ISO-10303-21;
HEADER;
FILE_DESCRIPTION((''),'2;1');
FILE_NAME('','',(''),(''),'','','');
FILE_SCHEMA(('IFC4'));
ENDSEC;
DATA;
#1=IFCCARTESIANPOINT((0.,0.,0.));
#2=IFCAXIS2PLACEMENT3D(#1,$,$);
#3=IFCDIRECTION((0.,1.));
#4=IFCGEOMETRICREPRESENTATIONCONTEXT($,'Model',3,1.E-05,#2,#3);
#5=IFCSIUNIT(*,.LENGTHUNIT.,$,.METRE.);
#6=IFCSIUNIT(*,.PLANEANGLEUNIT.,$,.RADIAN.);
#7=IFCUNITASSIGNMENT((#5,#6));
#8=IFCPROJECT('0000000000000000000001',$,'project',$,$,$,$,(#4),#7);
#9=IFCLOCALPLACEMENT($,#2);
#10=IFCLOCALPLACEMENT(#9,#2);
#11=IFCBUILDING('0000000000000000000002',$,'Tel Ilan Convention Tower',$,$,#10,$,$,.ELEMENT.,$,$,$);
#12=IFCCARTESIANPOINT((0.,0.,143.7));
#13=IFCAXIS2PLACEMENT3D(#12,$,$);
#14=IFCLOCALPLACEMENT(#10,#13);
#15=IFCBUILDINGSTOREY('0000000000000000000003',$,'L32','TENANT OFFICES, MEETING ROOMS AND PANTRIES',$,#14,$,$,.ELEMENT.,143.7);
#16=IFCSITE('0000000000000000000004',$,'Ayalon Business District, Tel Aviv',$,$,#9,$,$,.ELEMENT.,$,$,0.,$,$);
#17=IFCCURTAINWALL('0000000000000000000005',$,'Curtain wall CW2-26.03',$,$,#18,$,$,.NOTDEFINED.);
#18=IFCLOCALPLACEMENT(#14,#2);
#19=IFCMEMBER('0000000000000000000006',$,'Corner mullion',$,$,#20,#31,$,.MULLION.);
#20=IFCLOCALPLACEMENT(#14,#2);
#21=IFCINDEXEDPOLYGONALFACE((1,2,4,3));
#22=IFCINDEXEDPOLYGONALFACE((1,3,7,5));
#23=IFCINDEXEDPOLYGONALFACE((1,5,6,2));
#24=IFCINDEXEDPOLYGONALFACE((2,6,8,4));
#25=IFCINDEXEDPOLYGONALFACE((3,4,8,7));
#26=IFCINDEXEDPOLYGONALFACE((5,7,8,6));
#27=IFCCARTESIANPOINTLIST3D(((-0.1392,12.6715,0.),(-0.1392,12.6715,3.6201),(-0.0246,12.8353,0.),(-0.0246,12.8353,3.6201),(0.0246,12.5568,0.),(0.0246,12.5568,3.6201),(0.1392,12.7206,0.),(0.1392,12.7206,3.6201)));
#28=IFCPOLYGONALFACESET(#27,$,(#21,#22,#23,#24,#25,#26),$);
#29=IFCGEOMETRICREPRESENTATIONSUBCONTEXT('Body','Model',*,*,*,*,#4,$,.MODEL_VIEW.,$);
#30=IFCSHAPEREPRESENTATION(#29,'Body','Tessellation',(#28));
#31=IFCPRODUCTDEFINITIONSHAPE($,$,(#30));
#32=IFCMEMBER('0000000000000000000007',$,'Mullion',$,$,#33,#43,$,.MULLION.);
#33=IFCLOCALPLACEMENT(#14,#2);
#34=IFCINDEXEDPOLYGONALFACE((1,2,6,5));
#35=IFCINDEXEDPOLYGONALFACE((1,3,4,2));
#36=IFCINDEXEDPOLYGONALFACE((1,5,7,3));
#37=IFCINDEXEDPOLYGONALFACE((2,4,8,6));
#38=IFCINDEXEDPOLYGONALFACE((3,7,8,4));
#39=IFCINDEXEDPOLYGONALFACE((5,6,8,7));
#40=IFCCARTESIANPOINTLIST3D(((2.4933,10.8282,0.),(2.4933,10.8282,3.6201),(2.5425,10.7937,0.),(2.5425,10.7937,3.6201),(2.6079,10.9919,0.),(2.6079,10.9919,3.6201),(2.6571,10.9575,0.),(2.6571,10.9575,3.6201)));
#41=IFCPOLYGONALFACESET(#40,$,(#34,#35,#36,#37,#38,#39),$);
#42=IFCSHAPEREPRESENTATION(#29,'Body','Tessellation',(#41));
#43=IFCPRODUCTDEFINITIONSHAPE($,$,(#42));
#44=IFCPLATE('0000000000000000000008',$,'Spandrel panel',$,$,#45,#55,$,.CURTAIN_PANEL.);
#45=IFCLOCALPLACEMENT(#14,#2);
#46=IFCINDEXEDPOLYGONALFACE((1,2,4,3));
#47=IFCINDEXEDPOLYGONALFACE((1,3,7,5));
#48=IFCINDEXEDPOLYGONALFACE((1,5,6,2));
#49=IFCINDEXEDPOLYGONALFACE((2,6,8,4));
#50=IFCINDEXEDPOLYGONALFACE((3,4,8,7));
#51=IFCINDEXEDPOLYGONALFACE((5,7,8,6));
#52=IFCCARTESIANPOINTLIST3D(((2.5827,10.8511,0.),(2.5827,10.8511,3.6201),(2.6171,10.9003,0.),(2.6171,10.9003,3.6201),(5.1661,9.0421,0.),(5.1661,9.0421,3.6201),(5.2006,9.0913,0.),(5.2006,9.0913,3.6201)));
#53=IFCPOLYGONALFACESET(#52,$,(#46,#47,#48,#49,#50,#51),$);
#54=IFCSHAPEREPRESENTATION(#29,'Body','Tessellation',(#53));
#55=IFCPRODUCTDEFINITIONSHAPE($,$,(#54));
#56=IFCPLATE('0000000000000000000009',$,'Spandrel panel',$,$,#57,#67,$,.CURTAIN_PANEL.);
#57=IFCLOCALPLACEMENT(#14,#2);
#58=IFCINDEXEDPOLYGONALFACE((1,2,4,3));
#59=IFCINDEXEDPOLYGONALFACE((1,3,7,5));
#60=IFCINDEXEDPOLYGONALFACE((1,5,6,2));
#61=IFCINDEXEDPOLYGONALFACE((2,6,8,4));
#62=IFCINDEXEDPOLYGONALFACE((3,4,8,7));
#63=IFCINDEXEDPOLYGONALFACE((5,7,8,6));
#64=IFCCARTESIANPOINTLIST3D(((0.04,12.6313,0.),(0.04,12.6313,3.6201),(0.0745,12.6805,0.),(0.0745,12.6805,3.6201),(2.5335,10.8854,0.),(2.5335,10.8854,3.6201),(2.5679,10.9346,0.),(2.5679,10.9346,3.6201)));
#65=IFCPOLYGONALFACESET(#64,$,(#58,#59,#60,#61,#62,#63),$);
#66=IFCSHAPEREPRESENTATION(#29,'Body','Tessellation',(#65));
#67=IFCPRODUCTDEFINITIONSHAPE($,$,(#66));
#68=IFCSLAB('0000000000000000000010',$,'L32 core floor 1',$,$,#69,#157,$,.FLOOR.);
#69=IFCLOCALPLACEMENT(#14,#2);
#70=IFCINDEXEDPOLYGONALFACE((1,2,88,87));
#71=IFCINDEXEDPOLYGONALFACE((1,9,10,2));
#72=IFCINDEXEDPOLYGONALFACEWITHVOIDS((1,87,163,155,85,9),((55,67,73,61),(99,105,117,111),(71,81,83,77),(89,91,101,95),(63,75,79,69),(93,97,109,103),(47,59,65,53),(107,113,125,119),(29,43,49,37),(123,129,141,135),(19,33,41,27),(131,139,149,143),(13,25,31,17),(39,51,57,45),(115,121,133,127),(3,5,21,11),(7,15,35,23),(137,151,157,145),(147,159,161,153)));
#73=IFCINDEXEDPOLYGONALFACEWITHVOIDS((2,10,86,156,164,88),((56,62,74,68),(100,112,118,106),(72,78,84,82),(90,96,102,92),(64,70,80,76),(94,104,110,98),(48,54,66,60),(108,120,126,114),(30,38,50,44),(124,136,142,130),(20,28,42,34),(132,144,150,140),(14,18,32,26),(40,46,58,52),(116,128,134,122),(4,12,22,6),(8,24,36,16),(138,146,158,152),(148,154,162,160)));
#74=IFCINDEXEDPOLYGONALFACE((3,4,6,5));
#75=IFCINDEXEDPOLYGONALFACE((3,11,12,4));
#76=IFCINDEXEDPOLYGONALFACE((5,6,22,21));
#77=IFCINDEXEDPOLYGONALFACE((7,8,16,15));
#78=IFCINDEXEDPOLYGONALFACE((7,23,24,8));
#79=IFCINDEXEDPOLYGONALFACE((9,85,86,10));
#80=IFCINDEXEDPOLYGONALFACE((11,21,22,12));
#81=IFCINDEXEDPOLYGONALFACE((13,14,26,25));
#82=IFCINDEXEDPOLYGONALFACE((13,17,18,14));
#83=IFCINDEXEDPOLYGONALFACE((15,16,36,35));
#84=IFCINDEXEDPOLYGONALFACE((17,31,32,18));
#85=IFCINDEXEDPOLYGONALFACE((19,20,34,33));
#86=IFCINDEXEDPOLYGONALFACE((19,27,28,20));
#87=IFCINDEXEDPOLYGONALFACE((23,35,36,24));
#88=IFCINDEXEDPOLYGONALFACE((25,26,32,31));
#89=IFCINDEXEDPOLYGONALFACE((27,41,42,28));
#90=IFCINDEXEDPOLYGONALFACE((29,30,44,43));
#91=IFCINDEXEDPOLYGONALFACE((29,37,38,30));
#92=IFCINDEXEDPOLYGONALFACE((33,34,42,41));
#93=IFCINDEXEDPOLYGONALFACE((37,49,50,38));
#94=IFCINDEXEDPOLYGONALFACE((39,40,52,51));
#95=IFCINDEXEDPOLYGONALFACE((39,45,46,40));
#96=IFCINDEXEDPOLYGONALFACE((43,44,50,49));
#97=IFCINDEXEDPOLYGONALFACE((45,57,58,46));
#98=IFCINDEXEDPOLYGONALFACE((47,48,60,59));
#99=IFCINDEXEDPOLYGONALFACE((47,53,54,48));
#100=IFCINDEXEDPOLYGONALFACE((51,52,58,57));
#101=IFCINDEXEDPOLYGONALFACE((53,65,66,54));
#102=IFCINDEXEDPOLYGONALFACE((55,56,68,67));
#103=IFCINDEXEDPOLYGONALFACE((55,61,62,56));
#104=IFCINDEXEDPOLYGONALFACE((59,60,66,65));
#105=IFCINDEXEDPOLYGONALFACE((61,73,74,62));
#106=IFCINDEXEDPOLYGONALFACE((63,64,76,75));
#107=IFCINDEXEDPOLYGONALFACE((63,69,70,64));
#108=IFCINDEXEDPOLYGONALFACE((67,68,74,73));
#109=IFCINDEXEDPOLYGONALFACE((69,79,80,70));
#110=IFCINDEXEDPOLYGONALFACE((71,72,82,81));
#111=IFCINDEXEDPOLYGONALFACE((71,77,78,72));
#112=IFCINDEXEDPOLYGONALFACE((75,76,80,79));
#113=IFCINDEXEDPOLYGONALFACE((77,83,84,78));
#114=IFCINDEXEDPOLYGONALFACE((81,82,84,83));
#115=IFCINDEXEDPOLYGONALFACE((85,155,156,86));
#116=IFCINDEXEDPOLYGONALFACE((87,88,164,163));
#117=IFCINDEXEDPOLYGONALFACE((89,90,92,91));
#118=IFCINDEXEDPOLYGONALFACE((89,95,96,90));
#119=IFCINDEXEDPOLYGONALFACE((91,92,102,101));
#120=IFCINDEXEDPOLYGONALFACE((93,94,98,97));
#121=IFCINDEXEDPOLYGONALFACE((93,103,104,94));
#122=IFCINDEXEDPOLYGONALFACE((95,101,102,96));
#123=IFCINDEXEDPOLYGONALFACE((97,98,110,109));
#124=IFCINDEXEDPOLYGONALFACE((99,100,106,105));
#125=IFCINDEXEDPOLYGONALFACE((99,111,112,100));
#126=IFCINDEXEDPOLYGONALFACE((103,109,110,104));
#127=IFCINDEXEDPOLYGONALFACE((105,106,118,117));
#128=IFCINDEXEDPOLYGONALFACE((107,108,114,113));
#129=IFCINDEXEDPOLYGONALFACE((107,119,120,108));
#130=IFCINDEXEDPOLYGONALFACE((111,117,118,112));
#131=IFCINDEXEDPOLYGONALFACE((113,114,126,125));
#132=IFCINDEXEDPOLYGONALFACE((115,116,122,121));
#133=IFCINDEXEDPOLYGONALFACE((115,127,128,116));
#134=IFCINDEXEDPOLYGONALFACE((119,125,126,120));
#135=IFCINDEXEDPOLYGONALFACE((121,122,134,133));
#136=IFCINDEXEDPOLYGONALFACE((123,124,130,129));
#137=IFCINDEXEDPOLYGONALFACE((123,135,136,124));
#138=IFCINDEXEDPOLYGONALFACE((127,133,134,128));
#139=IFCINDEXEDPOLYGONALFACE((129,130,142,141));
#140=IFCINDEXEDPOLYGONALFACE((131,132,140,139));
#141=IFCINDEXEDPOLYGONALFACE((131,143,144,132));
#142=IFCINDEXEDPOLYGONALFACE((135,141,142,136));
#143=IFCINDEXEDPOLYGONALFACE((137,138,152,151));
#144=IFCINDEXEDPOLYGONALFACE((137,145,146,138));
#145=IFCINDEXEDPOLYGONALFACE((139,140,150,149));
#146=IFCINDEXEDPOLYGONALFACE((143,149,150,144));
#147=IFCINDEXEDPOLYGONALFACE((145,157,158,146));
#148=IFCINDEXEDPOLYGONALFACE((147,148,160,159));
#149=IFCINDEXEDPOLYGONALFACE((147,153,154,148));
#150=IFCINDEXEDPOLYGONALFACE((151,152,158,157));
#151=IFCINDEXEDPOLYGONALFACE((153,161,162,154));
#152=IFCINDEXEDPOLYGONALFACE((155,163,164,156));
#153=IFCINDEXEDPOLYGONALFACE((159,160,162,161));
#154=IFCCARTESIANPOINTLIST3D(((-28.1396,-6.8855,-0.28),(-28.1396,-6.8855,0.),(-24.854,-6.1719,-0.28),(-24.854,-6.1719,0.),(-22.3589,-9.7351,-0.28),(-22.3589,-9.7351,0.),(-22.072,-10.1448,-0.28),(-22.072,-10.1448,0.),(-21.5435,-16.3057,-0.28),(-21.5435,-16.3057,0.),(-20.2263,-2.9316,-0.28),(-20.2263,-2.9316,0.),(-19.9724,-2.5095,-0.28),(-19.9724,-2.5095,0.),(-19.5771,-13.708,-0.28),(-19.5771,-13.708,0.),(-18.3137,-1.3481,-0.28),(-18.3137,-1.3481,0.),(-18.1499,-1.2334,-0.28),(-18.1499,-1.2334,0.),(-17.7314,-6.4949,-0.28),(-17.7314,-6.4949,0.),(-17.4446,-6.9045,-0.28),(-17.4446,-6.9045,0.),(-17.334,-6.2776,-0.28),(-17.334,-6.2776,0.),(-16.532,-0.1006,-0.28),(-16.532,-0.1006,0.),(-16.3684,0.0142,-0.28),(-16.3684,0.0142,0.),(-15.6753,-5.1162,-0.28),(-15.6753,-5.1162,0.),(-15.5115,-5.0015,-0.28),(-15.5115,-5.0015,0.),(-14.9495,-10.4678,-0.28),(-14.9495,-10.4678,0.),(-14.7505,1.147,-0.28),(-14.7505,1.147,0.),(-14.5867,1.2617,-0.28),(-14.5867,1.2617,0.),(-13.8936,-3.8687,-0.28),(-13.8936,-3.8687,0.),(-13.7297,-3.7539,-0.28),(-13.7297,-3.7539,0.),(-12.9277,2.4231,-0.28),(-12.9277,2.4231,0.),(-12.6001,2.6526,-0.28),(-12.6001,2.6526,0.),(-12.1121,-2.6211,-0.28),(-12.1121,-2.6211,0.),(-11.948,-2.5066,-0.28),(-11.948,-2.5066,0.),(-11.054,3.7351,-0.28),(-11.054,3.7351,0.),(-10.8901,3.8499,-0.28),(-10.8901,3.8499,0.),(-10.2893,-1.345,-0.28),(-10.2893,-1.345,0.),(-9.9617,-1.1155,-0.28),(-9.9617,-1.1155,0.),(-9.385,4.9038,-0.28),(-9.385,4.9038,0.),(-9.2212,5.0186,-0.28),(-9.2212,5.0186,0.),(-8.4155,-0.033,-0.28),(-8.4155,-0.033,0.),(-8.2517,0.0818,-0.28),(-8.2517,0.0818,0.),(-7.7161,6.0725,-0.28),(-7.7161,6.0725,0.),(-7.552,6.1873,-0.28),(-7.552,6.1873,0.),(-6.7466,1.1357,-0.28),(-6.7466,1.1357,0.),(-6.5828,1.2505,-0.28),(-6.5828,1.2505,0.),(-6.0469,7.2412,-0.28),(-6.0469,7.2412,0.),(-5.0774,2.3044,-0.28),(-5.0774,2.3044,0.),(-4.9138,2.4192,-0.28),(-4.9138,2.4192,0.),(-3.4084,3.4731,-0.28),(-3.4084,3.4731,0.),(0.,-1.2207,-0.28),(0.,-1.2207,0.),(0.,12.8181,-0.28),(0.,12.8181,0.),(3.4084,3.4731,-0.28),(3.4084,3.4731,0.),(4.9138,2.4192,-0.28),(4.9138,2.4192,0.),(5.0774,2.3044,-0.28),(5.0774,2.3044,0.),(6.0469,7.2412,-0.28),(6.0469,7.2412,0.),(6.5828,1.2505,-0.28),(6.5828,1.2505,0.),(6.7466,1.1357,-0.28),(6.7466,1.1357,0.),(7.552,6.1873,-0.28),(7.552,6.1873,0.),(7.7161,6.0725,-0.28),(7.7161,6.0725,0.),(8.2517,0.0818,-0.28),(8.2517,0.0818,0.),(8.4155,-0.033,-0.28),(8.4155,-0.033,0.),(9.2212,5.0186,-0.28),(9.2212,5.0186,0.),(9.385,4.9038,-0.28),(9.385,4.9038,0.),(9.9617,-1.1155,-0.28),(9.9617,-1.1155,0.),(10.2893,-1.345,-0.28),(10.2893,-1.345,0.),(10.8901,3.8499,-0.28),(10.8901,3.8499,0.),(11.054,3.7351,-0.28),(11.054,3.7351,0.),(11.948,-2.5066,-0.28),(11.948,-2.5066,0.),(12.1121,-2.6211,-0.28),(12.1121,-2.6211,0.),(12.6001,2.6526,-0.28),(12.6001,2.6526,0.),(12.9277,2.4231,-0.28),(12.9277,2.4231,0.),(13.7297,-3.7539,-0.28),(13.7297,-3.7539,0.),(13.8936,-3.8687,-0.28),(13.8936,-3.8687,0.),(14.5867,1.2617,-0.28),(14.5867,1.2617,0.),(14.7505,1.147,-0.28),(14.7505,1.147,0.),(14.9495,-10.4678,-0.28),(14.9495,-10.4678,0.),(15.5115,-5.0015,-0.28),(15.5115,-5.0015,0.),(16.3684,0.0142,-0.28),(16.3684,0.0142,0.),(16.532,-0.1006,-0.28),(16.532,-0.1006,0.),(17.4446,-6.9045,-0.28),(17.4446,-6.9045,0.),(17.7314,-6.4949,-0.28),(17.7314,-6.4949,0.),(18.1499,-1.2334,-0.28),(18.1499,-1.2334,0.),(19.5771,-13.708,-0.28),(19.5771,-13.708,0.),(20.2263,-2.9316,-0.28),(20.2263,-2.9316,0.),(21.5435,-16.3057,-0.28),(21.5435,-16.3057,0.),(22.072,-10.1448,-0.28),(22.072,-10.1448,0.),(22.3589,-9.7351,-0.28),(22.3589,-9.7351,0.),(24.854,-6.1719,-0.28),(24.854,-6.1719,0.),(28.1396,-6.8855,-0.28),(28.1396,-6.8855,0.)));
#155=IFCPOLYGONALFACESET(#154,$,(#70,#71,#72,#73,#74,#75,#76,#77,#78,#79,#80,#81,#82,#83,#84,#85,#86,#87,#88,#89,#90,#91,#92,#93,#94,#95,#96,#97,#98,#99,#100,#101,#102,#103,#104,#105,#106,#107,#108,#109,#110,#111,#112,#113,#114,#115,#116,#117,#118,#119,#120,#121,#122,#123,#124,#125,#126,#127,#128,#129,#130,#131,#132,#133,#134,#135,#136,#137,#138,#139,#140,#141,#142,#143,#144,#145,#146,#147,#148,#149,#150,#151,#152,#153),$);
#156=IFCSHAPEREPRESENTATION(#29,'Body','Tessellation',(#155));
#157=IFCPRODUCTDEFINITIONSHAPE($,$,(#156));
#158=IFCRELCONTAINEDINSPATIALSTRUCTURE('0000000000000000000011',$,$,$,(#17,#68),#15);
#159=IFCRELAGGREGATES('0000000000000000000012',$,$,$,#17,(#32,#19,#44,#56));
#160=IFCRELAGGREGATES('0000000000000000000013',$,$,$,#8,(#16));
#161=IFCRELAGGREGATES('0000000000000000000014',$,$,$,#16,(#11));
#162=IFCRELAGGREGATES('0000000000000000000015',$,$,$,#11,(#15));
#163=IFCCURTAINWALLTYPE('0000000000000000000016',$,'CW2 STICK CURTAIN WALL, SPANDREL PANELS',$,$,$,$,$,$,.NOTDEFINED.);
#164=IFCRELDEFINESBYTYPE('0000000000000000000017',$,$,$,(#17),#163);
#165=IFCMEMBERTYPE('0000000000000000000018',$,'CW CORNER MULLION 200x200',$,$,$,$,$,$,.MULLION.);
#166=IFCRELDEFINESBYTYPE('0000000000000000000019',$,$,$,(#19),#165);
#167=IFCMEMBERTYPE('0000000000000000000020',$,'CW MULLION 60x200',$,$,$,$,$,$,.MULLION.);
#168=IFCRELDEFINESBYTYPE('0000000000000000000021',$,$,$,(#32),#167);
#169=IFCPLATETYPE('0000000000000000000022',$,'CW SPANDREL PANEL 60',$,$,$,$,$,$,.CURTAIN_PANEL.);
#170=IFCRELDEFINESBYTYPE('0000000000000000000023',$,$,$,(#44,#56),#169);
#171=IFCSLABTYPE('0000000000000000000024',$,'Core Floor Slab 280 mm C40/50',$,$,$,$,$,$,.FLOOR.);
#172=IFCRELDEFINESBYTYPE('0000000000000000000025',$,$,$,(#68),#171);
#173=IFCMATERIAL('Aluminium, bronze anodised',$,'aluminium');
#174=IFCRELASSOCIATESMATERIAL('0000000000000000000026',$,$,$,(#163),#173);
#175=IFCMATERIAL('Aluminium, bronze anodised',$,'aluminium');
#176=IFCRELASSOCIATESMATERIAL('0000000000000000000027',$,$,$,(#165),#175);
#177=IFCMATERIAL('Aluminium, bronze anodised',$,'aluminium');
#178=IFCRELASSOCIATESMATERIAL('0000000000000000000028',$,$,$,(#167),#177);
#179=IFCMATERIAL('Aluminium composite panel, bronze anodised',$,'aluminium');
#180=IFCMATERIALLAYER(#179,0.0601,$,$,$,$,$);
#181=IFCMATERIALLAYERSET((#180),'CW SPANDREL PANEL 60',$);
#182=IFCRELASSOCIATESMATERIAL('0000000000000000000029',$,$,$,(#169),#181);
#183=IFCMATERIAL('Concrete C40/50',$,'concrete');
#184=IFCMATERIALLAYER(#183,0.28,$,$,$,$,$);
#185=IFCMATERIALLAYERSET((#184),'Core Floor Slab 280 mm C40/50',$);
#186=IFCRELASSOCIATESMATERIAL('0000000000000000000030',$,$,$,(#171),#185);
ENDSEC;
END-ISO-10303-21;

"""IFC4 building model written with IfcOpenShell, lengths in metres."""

from ifc_helpers import new_model, si_unit, direction, frame, origin, origin_2d, place, context, subcontext, project, spatial, polyline, rectangle, outline, extrude, material, layer, layer_set, material_profile, profile_set, type_object, element, aggregate, save


model = new_model("IFC4")

# Units and contexts
model_context = context("Model", 3, precision=1e-05, world=origin(), true_north=direction((0.0, 1.0)))
body_context = subcontext(model_context, "Body", "Model", "MODEL_VIEW")
ifc_project = project(units=[si_unit("LENGTHUNIT", "METRE"), si_unit("PLANEANGLEUNIT", "RADIAN")], contexts=[model_context])

# Site, building, storey
site_placement = place(None, origin())
site = spatial("IfcSite", under=ifc_project, at=site_placement, Name="Ayalon Business District, Tel Aviv", CompositionType="ELEMENT", RefElevation=0.0)
building_placement = place(site_placement, origin())
building = spatial("IfcBuilding", under=site, at=building_placement, Name="Tel Ilan Convention Tower", CompositionType="ELEMENT")
storey_placement = place(building_placement, frame((0.0, 0.0, 143.7)))
storey = spatial("IfcBuildingStorey", under=building, at=storey_placement, Name="L32", Description="TENANT OFFICES, MEETING ROOMS AND PANTRIES", CompositionType="ELEMENT", Elevation=143.7)

# Curtain wall, members, plates
ifc_material_1 = material(Name="Aluminium, bronze anodised", Category="aluminium")
curtain_wall_type = type_object("IfcCurtainWallType", Name="CW2 STICK CURTAIN WALL, SPANDREL PANELS", PredefinedType="NOTDEFINED", material=ifc_material_1)
curtain_wall_placement = place(storey_placement, origin())
curtain_wall = element("IfcCurtainWall", 1, at=curtain_wall_placement, inside=storey, type_object=curtain_wall_type, Name="Curtain wall CW2-26.03", PredefinedType="NOTDEFINED")
ifc_material_2 = material(Name="Aluminium, bronze anodised", Category="aluminium")
ifc_material_profile_1 = material_profile(ifc_material_2, rectangle(XDim=0.2, YDim=0.2, at=origin_2d()), Name="CW CORNER MULLION 200x200")
ifc_profile_set_1 = profile_set([ifc_material_profile_1], Name="Aluminium, bronze anodised")
member_type_1 = type_object("IfcMemberType", Name="CW CORNER MULLION 200x200", PredefinedType="MULLION", material=ifc_profile_set_1)
member_1_placement = place(storey_placement, frame((0.0, 12.696, 0.0), z_axis=(0.0, 0.0, 1.0), x_axis=(-0.819152, 0.573576, 0.0)))
member_1 = element("IfcMember", 2, at=member_1_placement, type_object=member_type_1, Name="Corner mullion", PredefinedType="MULLION", context=body_context, shape_type="SweptSolid", body=[
    extrude(rectangle(XDim=0.2, YDim=0.2, at=origin_2d()), origin(), (0.0, 0.0, 1.0), 3.6201),
])
ifc_material_3 = material(Name="Aluminium, bronze anodised", Category="aluminium")
ifc_material_profile_2 = material_profile(ifc_material_3, rectangle(XDim=0.0601, YDim=0.2, at=origin_2d()), Name="CW MULLION 60x200")
ifc_profile_set_2 = profile_set([ifc_material_profile_2], Name="Aluminium, bronze anodised")
member_type_2 = type_object("IfcMemberType", Name="CW MULLION 60x200", PredefinedType="MULLION", material=ifc_profile_set_2)
member_2_placement = place(storey_placement, frame((2.5752, 10.8928, 0.0), z_axis=(0.0, 0.0, 1.0), x_axis=(-0.819152, 0.573576, 0.0)))
member_2 = element("IfcMember", 3, at=member_2_placement, type_object=member_type_2, Name="Mullion", PredefinedType="MULLION", context=body_context, shape_type="SweptSolid", body=[
    extrude(rectangle(XDim=0.0601, YDim=0.2, at=origin_2d()), origin(), (0.0, 0.0, 1.0), 3.6201),
])
ifc_material_4 = material(Name="Aluminium composite panel, bronze anodised", Category="aluminium")
ifc_layer_1 = layer(ifc_material_4, 0.0601)
ifc_layer_set_1 = layer_set([ifc_layer_1], Name="CW SPANDREL PANEL 60")
plate_type = type_object("IfcPlateType", Name="CW SPANDREL PANEL 60", PredefinedType="CURTAIN_PANEL", material=ifc_layer_set_1)
plate_1_placement = place(storey_placement, frame((3.8916, 9.9712, 0.0), z_axis=(0.0, 0.0, 1.0), x_axis=(-0.819152, 0.573576, 0.0)))
plate_1 = element("IfcPlate", 4, at=plate_1_placement, type_object=plate_type, Name="Spandrel panel", PredefinedType="CURTAIN_PANEL", context=body_context, shape_type="SweptSolid", body=[
    extrude(rectangle(XDim=3.1538, YDim=0.0601, at=origin_2d()), origin(), (0.0, 0.0, 1.0), 3.6201),
])
plate_2_placement = place(storey_placement, frame((1.304, 11.783, 0.0), z_axis=(0.0, 0.0, 1.0), x_axis=(-0.819152, 0.573576, 0.0)))
plate_2 = element("IfcPlate", 5, at=plate_2_placement, type_object=plate_type, Name="Spandrel panel", PredefinedType="CURTAIN_PANEL", context=body_context, shape_type="SweptSolid", body=[
    extrude(rectangle(XDim=3.0439, YDim=0.0601, at=origin_2d()), origin(), (0.0, 0.0, 1.0), 3.6201),
])
aggregate(curtain_wall, [member_2, member_1, plate_1, plate_2])

# Slab
ifc_material_5 = material(Name="Concrete C40/50", Category="concrete")
ifc_layer_2 = layer(ifc_material_5, 0.28)
ifc_layer_set_2 = layer_set([ifc_layer_2], Name="Core Floor Slab 280 mm C40/50")
slab_type = type_object("IfcSlabType", Name="Core Floor Slab 280 mm C40/50", PredefinedType="FLOOR", material=ifc_layer_set_2)
slab_placement = place(storey_placement, frame((0.0, 0.0, -0.28)))
element("IfcSlab", 6, at=slab_placement, inside=storey, type_object=slab_type, Name="L32 core floor 1", PredefinedType="FLOOR", context=body_context, shape_type="SweptSolid", body=[
    extrude(outline(polyline([(-28.1396, -6.8855), (0.0, 12.8181), (28.1396, -6.8855), (21.5435, -16.3057), (0.0, -1.2207), (-21.5435, -16.3057), (-28.1396, -6.8855)]), holes=[polyline([(-14.9495, -10.4678), (-17.4446, -6.9045), (-22.072, -10.1448), (-19.5771, -13.708), (-14.9495, -10.4678)]), polyline([(-17.7314, -6.4949), (-20.2263, -2.9316), (-24.854, -6.1719), (-22.3589, -9.7351), (-17.7314, -6.4949)]), polyline([(-18.3137, -1.3481), (-19.9724, -2.5095), (-17.334, -6.2776), (-15.6753, -5.1162), (-18.3137, -1.3481)]), polyline([(-16.532, -0.1006), (-18.1499, -1.2334), (-15.5115, -5.0015), (-13.8936, -3.8687), (-16.532, -0.1006)]), polyline([(-14.7505, 1.147), (-16.3684, 0.0142), (-13.7297, -3.7539), (-12.1121, -2.6211), (-14.7505, 1.147)]), polyline([(-12.9277, 2.4231), (-14.5867, 1.2617), (-11.948, -2.5066), (-10.2893, -1.345), (-12.9277, 2.4231)]), polyline([(-11.054, 3.7351), (-12.6001, 2.6526), (-9.9617, -1.1155), (-8.4155, -0.033), (-11.054, 3.7351)]), polyline([(-6.7466, 1.1357), (-9.385, 4.9038), (-10.8901, 3.8499), (-8.2517, 0.0818), (-6.7466, 1.1357)]), polyline([(-5.0774, 2.3044), (-7.7161, 6.0725), (-9.2212, 5.0186), (-6.5828, 1.2505), (-5.0774, 2.3044)]), polyline([(-6.0469, 7.2412), (-7.552, 6.1873), (-4.9138, 2.4192), (-3.4084, 3.4731), (-6.0469, 7.2412)]), polyline([(17.4446, -6.9045), (14.9495, -10.4678), (19.5771, -13.708), (22.072, -10.1448), (17.4446, -6.9045)]), polyline([(20.2263, -2.9316), (17.7314, -6.4949), (22.3589, -9.7351), (24.854, -6.1719), (20.2263, -2.9316)]), polyline([(13.8936, -3.8687), (15.5115, -5.0015), (18.1499, -1.2334), (16.532, -0.1006), (13.8936, -3.8687)]), polyline([(12.1121, -2.6211), (13.7297, -3.7539), (16.3684, 0.0142), (14.7505, 1.147), (12.1121, -2.6211)]), polyline([(11.948, -2.5066), (14.5867, 1.2617), (12.9277, 2.4231), (10.2893, -1.345), (11.948, -2.5066)]), polyline([(9.9617, -1.1155), (12.6001, 2.6526), (11.054, 3.7351), (8.4155, -0.033), (9.9617, -1.1155)]), polyline([(8.2517, 0.0818), (10.8901, 3.8499), (9.385, 4.9038), (6.7466, 1.1357), (8.2517, 0.0818)]), polyline([(5.0774, 2.3044), (6.5828, 1.2505), (9.2212, 5.0186), (7.7161, 6.0725), (5.0774, 2.3044)]), polyline([(3.4084, 3.4731), (4.9138, 2.4192), (7.552, 6.1873), (6.0469, 7.2412), (3.4084, 3.4731)])]), origin(), (0.0, 0.0, 1.0), 0.28),
])

save(model, "model.ifc")
